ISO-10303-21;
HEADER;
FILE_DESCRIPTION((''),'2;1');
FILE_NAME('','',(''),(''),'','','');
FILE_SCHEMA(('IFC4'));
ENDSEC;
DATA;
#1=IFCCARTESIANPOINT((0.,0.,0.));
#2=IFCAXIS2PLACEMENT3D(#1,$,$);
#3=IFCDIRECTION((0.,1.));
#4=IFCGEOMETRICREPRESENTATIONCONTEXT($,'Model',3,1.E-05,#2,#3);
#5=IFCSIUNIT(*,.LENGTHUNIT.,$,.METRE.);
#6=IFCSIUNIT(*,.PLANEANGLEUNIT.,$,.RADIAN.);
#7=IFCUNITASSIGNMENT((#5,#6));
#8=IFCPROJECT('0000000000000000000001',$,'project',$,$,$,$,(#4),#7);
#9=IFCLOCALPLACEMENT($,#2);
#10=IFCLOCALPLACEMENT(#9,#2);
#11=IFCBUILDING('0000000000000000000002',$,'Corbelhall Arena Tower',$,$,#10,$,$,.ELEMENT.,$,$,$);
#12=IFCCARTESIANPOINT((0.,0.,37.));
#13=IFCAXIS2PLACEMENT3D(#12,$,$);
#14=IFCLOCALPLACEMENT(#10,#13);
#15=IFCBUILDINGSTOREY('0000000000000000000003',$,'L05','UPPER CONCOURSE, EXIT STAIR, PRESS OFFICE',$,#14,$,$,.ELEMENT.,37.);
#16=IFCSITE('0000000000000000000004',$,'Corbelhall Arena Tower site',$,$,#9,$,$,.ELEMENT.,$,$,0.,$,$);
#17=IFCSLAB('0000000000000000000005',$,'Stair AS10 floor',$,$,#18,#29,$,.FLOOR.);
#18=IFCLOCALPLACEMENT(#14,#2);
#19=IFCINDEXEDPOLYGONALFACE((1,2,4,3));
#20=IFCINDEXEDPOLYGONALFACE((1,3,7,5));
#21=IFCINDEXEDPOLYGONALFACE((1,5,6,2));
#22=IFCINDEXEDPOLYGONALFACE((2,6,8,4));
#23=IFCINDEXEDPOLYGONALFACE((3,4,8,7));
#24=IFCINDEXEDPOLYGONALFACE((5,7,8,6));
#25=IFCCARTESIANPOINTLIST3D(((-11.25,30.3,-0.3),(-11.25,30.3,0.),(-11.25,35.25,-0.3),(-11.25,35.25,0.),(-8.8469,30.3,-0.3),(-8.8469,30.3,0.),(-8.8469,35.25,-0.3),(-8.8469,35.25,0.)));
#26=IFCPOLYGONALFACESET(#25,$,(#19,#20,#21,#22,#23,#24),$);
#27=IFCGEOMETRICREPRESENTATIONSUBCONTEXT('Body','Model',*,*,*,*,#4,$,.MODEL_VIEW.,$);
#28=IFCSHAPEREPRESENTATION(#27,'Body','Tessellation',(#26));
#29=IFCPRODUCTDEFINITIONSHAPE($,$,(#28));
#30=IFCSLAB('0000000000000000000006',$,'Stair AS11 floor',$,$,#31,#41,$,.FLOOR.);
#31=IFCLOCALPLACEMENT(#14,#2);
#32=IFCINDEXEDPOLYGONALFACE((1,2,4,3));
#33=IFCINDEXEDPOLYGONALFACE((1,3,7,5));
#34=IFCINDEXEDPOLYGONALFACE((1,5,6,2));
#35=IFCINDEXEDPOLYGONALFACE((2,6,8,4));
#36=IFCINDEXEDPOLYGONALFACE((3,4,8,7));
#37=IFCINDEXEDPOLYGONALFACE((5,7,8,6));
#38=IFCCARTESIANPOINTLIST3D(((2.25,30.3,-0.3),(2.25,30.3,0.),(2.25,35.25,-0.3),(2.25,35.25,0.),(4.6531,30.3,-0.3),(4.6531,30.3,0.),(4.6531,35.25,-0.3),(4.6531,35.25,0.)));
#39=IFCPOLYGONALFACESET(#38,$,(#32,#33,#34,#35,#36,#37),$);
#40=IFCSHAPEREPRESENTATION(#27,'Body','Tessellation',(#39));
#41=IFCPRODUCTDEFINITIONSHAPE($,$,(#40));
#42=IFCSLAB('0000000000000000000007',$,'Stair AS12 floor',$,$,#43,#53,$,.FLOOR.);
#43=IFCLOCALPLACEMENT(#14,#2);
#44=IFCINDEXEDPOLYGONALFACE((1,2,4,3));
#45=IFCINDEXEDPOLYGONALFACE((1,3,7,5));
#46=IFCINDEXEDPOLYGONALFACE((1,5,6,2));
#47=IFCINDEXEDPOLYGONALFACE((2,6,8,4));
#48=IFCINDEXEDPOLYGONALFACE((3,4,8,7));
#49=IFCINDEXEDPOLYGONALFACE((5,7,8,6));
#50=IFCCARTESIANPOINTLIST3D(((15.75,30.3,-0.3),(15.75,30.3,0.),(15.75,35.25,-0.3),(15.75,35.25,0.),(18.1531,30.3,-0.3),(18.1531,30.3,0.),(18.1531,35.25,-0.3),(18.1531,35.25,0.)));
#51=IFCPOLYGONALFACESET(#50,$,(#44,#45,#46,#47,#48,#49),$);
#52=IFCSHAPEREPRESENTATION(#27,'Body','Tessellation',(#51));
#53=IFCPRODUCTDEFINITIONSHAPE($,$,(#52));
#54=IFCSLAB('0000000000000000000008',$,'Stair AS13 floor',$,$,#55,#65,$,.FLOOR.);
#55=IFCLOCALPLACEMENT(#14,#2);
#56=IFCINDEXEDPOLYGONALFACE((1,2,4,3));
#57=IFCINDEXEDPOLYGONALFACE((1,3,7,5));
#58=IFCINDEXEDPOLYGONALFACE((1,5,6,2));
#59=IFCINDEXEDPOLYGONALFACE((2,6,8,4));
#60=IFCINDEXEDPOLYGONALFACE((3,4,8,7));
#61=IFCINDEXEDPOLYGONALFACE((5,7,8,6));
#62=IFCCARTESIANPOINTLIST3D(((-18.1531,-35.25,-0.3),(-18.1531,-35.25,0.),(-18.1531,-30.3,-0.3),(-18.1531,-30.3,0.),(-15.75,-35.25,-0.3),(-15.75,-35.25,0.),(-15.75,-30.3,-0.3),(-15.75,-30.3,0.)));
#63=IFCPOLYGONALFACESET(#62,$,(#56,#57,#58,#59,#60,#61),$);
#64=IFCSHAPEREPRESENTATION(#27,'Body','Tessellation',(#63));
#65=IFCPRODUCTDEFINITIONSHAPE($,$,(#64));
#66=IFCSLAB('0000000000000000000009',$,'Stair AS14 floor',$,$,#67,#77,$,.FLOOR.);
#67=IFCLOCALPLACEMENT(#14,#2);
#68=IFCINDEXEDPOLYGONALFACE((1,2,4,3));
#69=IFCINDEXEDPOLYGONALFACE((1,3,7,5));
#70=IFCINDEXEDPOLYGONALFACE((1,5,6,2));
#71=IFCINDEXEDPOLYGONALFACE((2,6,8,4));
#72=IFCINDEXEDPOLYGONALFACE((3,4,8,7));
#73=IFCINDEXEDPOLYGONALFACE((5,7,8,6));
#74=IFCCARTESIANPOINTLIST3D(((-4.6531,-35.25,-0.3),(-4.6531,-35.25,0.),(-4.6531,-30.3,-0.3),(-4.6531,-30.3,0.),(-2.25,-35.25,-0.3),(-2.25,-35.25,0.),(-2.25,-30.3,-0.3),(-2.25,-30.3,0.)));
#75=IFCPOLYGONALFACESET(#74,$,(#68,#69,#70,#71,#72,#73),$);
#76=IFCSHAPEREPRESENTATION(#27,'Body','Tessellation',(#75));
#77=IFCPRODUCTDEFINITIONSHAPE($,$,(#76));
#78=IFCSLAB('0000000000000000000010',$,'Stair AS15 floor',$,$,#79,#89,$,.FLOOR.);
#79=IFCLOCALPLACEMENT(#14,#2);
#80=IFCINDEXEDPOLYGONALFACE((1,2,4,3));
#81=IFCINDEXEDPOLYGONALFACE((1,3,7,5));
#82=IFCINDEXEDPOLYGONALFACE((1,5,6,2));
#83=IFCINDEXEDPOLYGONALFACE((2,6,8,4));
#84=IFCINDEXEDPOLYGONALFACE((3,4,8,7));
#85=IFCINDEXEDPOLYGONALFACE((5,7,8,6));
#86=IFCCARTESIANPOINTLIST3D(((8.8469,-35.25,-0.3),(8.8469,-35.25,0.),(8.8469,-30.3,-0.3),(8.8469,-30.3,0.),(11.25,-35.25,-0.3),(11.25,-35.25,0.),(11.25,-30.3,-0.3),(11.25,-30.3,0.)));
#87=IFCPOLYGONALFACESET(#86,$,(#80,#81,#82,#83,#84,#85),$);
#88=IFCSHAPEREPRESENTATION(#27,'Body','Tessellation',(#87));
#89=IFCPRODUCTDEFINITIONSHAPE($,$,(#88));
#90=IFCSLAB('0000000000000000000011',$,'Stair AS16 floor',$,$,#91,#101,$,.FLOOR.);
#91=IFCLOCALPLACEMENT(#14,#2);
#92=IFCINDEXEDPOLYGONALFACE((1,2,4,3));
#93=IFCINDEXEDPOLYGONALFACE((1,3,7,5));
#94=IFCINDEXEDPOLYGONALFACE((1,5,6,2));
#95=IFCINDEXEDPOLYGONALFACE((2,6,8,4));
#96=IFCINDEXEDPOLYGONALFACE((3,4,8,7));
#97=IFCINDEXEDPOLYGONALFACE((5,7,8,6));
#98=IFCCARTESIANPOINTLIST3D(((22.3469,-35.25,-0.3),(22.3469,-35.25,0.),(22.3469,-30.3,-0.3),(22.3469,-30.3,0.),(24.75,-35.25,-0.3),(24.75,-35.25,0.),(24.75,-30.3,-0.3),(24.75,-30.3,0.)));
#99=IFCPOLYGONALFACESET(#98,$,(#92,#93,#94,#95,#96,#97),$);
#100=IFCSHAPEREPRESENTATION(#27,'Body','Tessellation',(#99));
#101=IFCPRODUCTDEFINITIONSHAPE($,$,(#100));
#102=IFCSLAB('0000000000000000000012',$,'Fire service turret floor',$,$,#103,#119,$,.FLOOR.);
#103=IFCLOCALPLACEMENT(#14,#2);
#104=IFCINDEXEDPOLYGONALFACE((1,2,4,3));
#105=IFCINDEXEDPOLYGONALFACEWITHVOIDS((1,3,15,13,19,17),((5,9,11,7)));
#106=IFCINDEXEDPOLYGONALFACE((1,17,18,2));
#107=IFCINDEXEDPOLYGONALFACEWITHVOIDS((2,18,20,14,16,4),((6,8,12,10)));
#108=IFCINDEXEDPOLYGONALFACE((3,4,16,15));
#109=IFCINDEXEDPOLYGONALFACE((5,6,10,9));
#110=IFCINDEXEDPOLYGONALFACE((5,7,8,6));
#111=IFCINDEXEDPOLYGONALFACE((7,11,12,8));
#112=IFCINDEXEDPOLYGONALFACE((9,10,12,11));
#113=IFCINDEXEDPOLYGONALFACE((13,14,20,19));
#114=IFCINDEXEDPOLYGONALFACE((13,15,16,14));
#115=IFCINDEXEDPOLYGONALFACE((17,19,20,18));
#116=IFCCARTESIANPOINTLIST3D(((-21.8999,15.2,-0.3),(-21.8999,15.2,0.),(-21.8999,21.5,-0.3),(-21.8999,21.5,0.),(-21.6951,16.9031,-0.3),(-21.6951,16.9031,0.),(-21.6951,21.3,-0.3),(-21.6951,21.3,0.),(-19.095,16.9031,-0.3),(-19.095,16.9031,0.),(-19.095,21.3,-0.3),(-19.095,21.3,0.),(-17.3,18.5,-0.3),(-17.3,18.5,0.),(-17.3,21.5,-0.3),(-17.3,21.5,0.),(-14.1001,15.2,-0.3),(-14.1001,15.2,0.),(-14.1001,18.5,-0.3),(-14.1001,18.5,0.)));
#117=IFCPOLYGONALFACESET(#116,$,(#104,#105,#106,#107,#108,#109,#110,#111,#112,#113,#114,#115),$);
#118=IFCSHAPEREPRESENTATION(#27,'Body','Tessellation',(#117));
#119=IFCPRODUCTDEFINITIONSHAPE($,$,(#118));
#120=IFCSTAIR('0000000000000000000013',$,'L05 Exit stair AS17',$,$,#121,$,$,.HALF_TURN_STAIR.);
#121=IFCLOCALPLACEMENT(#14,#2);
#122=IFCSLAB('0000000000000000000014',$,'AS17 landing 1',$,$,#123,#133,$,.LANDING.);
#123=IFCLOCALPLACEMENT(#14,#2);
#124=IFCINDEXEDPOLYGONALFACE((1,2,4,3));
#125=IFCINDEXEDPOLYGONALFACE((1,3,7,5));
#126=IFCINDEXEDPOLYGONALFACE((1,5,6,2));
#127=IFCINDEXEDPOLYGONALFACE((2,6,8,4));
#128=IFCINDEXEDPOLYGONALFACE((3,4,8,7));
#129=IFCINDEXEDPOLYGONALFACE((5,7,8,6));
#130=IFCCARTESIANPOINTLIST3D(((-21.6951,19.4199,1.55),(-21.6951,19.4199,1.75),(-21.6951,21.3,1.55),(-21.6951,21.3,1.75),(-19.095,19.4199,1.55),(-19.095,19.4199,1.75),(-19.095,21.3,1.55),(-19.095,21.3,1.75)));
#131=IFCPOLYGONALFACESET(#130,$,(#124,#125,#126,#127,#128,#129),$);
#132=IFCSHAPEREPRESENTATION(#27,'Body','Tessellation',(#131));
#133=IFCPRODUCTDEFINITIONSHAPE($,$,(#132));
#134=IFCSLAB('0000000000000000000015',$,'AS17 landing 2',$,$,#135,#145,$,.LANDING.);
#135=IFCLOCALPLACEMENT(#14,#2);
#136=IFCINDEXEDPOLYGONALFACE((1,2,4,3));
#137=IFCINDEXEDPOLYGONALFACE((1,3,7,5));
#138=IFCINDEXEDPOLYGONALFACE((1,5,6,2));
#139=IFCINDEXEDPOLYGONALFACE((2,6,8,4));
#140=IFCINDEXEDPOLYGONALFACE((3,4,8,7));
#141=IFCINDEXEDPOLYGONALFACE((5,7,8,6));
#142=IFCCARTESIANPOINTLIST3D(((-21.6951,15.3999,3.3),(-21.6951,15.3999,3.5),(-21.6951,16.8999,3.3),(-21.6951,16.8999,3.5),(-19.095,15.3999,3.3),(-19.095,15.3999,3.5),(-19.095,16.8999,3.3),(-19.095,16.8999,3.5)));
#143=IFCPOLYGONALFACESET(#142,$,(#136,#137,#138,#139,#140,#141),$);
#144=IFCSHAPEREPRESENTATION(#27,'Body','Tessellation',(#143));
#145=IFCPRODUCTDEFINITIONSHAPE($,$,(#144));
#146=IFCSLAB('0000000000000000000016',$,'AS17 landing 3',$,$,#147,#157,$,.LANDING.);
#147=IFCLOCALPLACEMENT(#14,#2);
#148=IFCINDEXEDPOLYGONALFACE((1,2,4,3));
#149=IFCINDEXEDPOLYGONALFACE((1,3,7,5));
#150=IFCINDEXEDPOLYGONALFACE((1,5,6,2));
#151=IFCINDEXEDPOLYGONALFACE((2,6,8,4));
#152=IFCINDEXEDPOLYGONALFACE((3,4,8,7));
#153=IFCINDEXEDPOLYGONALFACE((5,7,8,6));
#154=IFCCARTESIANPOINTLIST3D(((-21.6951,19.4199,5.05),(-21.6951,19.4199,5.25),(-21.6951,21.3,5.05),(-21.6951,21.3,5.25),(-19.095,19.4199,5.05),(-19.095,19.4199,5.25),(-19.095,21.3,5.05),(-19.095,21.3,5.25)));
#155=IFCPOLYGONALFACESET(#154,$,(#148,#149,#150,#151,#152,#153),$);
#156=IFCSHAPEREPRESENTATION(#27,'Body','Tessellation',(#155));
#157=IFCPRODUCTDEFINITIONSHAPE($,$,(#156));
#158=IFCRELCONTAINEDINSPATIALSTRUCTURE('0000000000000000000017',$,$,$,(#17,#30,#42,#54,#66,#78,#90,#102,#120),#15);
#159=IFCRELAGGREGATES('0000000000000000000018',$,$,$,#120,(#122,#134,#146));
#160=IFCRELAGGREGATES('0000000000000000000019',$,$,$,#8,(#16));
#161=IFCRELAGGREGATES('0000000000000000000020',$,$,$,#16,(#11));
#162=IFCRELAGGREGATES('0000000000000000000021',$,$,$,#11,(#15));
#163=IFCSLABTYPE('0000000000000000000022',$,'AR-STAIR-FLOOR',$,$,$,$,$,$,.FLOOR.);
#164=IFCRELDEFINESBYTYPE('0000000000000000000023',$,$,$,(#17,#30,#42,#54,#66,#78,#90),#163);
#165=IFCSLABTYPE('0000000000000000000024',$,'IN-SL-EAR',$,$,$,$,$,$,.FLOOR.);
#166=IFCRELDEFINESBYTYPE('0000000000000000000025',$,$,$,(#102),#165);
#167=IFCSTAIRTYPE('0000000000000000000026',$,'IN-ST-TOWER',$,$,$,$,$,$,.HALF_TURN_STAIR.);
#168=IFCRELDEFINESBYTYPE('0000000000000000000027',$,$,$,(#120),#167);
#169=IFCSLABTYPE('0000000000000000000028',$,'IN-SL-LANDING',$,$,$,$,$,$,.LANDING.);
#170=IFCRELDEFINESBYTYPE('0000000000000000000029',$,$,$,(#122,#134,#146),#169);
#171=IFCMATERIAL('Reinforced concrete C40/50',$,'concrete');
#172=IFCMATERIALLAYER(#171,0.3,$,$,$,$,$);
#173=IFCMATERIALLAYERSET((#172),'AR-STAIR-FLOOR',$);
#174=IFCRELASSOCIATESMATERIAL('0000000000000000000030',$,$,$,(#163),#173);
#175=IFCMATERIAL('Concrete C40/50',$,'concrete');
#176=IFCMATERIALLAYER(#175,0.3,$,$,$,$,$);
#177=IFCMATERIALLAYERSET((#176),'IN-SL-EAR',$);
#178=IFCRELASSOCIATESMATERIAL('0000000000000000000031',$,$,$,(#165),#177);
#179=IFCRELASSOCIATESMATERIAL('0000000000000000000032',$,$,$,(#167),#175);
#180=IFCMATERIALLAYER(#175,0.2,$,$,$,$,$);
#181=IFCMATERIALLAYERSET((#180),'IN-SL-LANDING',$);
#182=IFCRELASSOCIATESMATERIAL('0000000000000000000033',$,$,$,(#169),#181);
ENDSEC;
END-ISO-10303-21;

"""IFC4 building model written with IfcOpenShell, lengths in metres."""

from ifc_helpers import new_model, si_unit, direction, frame, origin, place, context, subcontext, project, spatial, polyline, outline, extrude, material, layer, layer_set, type_object, element, aggregate, save


model = new_model("IFC4")

# Units and contexts
model_context = context("Model", 3, precision=1e-05, world=origin(), true_north=direction((0.0, 1.0)))
body_context = subcontext(model_context, "Body", "Model", "MODEL_VIEW")
ifc_project = project(units=[si_unit("LENGTHUNIT", "METRE"), si_unit("PLANEANGLEUNIT", "RADIAN")], contexts=[model_context])

# Site, building, storey
site_placement = place(None, origin())
site = spatial("IfcSite", under=ifc_project, at=site_placement, Name="Corbelhall Arena Tower site", CompositionType="ELEMENT", RefElevation=0.0)
building_placement = place(site_placement, origin())
building = spatial("IfcBuilding", under=site, at=building_placement, Name="Corbelhall Arena Tower", CompositionType="ELEMENT")
storey_placement = place(building_placement, frame((0.0, 0.0, 37.0)))
storey = spatial("IfcBuildingStorey", under=building, at=storey_placement, Name="L05", Description="UPPER CONCOURSE, EXIT STAIR, PRESS OFFICE", CompositionType="ELEMENT", Elevation=37.0)

# Shared definitions
ifc_material_1 = material(Name="Reinforced concrete C40/50", Category="concrete")

# Slabs
ifc_layer_1 = layer(ifc_material_1, 0.3)
ifc_layer_set_1 = layer_set([ifc_layer_1], Name="AR-STAIR-FLOOR")
slab_type_1 = type_object("IfcSlabType", Name="AR-STAIR-FLOOR", PredefinedType="FLOOR", material=ifc_layer_set_1)
slab_1_placement = place(storey_placement, frame((0.0, 0.0, -0.3)))
element("IfcSlab", 1, at=slab_1_placement, inside=storey, type_object=slab_type_1, Name="Stair AS10 floor", PredefinedType="FLOOR", context=body_context, shape_type="SweptSolid", body=[
    extrude(outline(polyline([(-11.25, 30.3), (-11.25, 35.25), (-8.8469, 35.25), (-8.8469, 30.3), (-11.25, 30.3)])), origin(), (0.0, 0.0, 1.0), 0.3),
])
slab_2_placement = place(storey_placement, frame((0.0, 0.0, -0.3)))
element("IfcSlab", 2, at=slab_2_placement, inside=storey, type_object=slab_type_1, Name="Stair AS11 floor", PredefinedType="FLOOR", context=body_context, shape_type="SweptSolid", body=[
    extrude(outline(polyline([(2.25, 30.3), (2.25, 35.25), (4.6531, 35.25), (4.6531, 30.3), (2.25, 30.3)])), origin(), (0.0, 0.0, 1.0), 0.3),
])
slab_3_placement = place(storey_placement, frame((0.0, 0.0, -0.3)))
element("IfcSlab", 3, at=slab_3_placement, inside=storey, type_object=slab_type_1, Name="Stair AS12 floor", PredefinedType="FLOOR", context=body_context, shape_type="SweptSolid", body=[
    extrude(outline(polyline([(15.75, 30.3), (15.75, 35.25), (18.1531, 35.25), (18.1531, 30.3), (15.75, 30.3)])), origin(), (0.0, 0.0, 1.0), 0.3),
])
slab_4_placement = place(storey_placement, frame((0.0, 0.0, -0.3)))
element("IfcSlab", 4, at=slab_4_placement, inside=storey, type_object=slab_type_1, Name="Stair AS13 floor", PredefinedType="FLOOR", context=body_context, shape_type="SweptSolid", body=[
    extrude(outline(polyline([(-15.75, -30.3), (-15.75, -35.25), (-18.1531, -35.25), (-18.1531, -30.3), (-15.75, -30.3)])), origin(), (0.0, 0.0, 1.0), 0.3),
])
slab_5_placement = place(storey_placement, frame((0.0, 0.0, -0.3)))
element("IfcSlab", 5, at=slab_5_placement, inside=storey, type_object=slab_type_1, Name="Stair AS14 floor", PredefinedType="FLOOR", context=body_context, shape_type="SweptSolid", body=[
    extrude(outline(polyline([(-2.25, -30.3), (-2.25, -35.25), (-4.6531, -35.25), (-4.6531, -30.3), (-2.25, -30.3)])), origin(), (0.0, 0.0, 1.0), 0.3),
])
slab_6_placement = place(storey_placement, frame((0.0, 0.0, -0.3)))
element("IfcSlab", 6, at=slab_6_placement, inside=storey, type_object=slab_type_1, Name="Stair AS15 floor", PredefinedType="FLOOR", context=body_context, shape_type="SweptSolid", body=[
    extrude(outline(polyline([(11.25, -30.3), (11.25, -35.25), (8.8469, -35.25), (8.8469, -30.3), (11.25, -30.3)])), origin(), (0.0, 0.0, 1.0), 0.3),
])
slab_7_placement = place(storey_placement, frame((0.0, 0.0, -0.3)))
element("IfcSlab", 7, at=slab_7_placement, inside=storey, type_object=slab_type_1, Name="Stair AS16 floor", PredefinedType="FLOOR", context=body_context, shape_type="SweptSolid", body=[
    extrude(outline(polyline([(24.75, -30.3), (24.75, -35.25), (22.3469, -35.25), (22.3469, -30.3), (24.75, -30.3)])), origin(), (0.0, 0.0, 1.0), 0.3),
])
ifc_material_2 = material(Name="Concrete C40/50", Category="concrete")
ifc_layer_2 = layer(ifc_material_2, 0.3)
ifc_layer_set_2 = layer_set([ifc_layer_2], Name="IN-SL-EAR")
slab_type_2 = type_object("IfcSlabType", Name="IN-SL-EAR", PredefinedType="FLOOR", material=ifc_layer_set_2)
slab_8_placement = place(storey_placement, frame((0.0, 0.0, -0.3)))
element("IfcSlab", 8, at=slab_8_placement, inside=storey, type_object=slab_type_2, Name="Fire service turret floor", PredefinedType="FLOOR", context=body_context, shape_type="SweptSolid", body=[
    extrude(outline(polyline([(-21.8999, 15.2), (-14.1001, 15.2), (-14.1001, 18.5), (-17.3, 18.5), (-17.3, 21.5), (-21.8999, 21.5), (-21.8999, 15.2)]), holes=[polyline([(-19.095, 21.3), (-21.6951, 21.3), (-21.6951, 16.9031), (-19.095, 16.9031), (-19.095, 21.3)])]), origin(), (0.0, 0.0, 1.0), 0.3),
])

# Stair, slabs
stair_type_1 = type_object("IfcStairType", Name="IN-ST-TOWER", PredefinedType="HALF_TURN_STAIR", material=ifc_material_2)
stair_1_placement = place(storey_placement, origin())
stair_1 = element("IfcStair", 9, at=stair_1_placement, inside=storey, type_object=stair_type_1, Name="L05 Exit stair AS17", PredefinedType="HALF_TURN_STAIR")
ifc_layer_3 = layer(ifc_material_2, 0.2)
ifc_layer_set_3 = layer_set([ifc_layer_3], Name="IN-SL-LANDING")
slab_type_3 = type_object("IfcSlabType", Name="IN-SL-LANDING", PredefinedType="LANDING", material=ifc_layer_set_3)
slab_9_placement = place(storey_placement, frame((0.0, 0.0, 1.55)))
slab_9 = element("IfcSlab", 10, at=slab_9_placement, type_object=slab_type_3, Name="AS17 landing 1", PredefinedType="LANDING", context=body_context, shape_type="SweptSolid", body=[
    extrude(outline(polyline([(-19.095, 19.4199), (-19.095, 21.3), (-21.6951, 21.3), (-21.6951, 19.4199), (-19.095, 19.4199)])), origin(), (0.0, 0.0, 1.0), 0.2),
])
slab_10_placement = place(storey_placement, frame((0.0, 0.0, 3.3)))
slab_10 = element("IfcSlab", 11, at=slab_10_placement, type_object=slab_type_3, Name="AS17 landing 2", PredefinedType="LANDING", context=body_context, shape_type="SweptSolid", body=[
    extrude(outline(polyline([(-19.095, 15.3999), (-19.095, 16.8999), (-21.6951, 16.8999), (-21.6951, 15.3999), (-19.095, 15.3999)])), origin(), (0.0, 0.0, 1.0), 0.2),
])
slab_11_placement = place(storey_placement, frame((0.0, 0.0, 5.05)))
slab_11 = element("IfcSlab", 12, at=slab_11_placement, type_object=slab_type_3, Name="AS17 landing 3", PredefinedType="LANDING", context=body_context, shape_type="SweptSolid", body=[
    extrude(outline(polyline([(-19.095, 19.4199), (-19.095, 21.3), (-21.6951, 21.3), (-21.6951, 19.4199), (-19.095, 19.4199)])), origin(), (0.0, 0.0, 1.0), 0.2),
])
aggregate(stair_1, [slab_9, slab_10, slab_11])

save(model, "model.ifc")
